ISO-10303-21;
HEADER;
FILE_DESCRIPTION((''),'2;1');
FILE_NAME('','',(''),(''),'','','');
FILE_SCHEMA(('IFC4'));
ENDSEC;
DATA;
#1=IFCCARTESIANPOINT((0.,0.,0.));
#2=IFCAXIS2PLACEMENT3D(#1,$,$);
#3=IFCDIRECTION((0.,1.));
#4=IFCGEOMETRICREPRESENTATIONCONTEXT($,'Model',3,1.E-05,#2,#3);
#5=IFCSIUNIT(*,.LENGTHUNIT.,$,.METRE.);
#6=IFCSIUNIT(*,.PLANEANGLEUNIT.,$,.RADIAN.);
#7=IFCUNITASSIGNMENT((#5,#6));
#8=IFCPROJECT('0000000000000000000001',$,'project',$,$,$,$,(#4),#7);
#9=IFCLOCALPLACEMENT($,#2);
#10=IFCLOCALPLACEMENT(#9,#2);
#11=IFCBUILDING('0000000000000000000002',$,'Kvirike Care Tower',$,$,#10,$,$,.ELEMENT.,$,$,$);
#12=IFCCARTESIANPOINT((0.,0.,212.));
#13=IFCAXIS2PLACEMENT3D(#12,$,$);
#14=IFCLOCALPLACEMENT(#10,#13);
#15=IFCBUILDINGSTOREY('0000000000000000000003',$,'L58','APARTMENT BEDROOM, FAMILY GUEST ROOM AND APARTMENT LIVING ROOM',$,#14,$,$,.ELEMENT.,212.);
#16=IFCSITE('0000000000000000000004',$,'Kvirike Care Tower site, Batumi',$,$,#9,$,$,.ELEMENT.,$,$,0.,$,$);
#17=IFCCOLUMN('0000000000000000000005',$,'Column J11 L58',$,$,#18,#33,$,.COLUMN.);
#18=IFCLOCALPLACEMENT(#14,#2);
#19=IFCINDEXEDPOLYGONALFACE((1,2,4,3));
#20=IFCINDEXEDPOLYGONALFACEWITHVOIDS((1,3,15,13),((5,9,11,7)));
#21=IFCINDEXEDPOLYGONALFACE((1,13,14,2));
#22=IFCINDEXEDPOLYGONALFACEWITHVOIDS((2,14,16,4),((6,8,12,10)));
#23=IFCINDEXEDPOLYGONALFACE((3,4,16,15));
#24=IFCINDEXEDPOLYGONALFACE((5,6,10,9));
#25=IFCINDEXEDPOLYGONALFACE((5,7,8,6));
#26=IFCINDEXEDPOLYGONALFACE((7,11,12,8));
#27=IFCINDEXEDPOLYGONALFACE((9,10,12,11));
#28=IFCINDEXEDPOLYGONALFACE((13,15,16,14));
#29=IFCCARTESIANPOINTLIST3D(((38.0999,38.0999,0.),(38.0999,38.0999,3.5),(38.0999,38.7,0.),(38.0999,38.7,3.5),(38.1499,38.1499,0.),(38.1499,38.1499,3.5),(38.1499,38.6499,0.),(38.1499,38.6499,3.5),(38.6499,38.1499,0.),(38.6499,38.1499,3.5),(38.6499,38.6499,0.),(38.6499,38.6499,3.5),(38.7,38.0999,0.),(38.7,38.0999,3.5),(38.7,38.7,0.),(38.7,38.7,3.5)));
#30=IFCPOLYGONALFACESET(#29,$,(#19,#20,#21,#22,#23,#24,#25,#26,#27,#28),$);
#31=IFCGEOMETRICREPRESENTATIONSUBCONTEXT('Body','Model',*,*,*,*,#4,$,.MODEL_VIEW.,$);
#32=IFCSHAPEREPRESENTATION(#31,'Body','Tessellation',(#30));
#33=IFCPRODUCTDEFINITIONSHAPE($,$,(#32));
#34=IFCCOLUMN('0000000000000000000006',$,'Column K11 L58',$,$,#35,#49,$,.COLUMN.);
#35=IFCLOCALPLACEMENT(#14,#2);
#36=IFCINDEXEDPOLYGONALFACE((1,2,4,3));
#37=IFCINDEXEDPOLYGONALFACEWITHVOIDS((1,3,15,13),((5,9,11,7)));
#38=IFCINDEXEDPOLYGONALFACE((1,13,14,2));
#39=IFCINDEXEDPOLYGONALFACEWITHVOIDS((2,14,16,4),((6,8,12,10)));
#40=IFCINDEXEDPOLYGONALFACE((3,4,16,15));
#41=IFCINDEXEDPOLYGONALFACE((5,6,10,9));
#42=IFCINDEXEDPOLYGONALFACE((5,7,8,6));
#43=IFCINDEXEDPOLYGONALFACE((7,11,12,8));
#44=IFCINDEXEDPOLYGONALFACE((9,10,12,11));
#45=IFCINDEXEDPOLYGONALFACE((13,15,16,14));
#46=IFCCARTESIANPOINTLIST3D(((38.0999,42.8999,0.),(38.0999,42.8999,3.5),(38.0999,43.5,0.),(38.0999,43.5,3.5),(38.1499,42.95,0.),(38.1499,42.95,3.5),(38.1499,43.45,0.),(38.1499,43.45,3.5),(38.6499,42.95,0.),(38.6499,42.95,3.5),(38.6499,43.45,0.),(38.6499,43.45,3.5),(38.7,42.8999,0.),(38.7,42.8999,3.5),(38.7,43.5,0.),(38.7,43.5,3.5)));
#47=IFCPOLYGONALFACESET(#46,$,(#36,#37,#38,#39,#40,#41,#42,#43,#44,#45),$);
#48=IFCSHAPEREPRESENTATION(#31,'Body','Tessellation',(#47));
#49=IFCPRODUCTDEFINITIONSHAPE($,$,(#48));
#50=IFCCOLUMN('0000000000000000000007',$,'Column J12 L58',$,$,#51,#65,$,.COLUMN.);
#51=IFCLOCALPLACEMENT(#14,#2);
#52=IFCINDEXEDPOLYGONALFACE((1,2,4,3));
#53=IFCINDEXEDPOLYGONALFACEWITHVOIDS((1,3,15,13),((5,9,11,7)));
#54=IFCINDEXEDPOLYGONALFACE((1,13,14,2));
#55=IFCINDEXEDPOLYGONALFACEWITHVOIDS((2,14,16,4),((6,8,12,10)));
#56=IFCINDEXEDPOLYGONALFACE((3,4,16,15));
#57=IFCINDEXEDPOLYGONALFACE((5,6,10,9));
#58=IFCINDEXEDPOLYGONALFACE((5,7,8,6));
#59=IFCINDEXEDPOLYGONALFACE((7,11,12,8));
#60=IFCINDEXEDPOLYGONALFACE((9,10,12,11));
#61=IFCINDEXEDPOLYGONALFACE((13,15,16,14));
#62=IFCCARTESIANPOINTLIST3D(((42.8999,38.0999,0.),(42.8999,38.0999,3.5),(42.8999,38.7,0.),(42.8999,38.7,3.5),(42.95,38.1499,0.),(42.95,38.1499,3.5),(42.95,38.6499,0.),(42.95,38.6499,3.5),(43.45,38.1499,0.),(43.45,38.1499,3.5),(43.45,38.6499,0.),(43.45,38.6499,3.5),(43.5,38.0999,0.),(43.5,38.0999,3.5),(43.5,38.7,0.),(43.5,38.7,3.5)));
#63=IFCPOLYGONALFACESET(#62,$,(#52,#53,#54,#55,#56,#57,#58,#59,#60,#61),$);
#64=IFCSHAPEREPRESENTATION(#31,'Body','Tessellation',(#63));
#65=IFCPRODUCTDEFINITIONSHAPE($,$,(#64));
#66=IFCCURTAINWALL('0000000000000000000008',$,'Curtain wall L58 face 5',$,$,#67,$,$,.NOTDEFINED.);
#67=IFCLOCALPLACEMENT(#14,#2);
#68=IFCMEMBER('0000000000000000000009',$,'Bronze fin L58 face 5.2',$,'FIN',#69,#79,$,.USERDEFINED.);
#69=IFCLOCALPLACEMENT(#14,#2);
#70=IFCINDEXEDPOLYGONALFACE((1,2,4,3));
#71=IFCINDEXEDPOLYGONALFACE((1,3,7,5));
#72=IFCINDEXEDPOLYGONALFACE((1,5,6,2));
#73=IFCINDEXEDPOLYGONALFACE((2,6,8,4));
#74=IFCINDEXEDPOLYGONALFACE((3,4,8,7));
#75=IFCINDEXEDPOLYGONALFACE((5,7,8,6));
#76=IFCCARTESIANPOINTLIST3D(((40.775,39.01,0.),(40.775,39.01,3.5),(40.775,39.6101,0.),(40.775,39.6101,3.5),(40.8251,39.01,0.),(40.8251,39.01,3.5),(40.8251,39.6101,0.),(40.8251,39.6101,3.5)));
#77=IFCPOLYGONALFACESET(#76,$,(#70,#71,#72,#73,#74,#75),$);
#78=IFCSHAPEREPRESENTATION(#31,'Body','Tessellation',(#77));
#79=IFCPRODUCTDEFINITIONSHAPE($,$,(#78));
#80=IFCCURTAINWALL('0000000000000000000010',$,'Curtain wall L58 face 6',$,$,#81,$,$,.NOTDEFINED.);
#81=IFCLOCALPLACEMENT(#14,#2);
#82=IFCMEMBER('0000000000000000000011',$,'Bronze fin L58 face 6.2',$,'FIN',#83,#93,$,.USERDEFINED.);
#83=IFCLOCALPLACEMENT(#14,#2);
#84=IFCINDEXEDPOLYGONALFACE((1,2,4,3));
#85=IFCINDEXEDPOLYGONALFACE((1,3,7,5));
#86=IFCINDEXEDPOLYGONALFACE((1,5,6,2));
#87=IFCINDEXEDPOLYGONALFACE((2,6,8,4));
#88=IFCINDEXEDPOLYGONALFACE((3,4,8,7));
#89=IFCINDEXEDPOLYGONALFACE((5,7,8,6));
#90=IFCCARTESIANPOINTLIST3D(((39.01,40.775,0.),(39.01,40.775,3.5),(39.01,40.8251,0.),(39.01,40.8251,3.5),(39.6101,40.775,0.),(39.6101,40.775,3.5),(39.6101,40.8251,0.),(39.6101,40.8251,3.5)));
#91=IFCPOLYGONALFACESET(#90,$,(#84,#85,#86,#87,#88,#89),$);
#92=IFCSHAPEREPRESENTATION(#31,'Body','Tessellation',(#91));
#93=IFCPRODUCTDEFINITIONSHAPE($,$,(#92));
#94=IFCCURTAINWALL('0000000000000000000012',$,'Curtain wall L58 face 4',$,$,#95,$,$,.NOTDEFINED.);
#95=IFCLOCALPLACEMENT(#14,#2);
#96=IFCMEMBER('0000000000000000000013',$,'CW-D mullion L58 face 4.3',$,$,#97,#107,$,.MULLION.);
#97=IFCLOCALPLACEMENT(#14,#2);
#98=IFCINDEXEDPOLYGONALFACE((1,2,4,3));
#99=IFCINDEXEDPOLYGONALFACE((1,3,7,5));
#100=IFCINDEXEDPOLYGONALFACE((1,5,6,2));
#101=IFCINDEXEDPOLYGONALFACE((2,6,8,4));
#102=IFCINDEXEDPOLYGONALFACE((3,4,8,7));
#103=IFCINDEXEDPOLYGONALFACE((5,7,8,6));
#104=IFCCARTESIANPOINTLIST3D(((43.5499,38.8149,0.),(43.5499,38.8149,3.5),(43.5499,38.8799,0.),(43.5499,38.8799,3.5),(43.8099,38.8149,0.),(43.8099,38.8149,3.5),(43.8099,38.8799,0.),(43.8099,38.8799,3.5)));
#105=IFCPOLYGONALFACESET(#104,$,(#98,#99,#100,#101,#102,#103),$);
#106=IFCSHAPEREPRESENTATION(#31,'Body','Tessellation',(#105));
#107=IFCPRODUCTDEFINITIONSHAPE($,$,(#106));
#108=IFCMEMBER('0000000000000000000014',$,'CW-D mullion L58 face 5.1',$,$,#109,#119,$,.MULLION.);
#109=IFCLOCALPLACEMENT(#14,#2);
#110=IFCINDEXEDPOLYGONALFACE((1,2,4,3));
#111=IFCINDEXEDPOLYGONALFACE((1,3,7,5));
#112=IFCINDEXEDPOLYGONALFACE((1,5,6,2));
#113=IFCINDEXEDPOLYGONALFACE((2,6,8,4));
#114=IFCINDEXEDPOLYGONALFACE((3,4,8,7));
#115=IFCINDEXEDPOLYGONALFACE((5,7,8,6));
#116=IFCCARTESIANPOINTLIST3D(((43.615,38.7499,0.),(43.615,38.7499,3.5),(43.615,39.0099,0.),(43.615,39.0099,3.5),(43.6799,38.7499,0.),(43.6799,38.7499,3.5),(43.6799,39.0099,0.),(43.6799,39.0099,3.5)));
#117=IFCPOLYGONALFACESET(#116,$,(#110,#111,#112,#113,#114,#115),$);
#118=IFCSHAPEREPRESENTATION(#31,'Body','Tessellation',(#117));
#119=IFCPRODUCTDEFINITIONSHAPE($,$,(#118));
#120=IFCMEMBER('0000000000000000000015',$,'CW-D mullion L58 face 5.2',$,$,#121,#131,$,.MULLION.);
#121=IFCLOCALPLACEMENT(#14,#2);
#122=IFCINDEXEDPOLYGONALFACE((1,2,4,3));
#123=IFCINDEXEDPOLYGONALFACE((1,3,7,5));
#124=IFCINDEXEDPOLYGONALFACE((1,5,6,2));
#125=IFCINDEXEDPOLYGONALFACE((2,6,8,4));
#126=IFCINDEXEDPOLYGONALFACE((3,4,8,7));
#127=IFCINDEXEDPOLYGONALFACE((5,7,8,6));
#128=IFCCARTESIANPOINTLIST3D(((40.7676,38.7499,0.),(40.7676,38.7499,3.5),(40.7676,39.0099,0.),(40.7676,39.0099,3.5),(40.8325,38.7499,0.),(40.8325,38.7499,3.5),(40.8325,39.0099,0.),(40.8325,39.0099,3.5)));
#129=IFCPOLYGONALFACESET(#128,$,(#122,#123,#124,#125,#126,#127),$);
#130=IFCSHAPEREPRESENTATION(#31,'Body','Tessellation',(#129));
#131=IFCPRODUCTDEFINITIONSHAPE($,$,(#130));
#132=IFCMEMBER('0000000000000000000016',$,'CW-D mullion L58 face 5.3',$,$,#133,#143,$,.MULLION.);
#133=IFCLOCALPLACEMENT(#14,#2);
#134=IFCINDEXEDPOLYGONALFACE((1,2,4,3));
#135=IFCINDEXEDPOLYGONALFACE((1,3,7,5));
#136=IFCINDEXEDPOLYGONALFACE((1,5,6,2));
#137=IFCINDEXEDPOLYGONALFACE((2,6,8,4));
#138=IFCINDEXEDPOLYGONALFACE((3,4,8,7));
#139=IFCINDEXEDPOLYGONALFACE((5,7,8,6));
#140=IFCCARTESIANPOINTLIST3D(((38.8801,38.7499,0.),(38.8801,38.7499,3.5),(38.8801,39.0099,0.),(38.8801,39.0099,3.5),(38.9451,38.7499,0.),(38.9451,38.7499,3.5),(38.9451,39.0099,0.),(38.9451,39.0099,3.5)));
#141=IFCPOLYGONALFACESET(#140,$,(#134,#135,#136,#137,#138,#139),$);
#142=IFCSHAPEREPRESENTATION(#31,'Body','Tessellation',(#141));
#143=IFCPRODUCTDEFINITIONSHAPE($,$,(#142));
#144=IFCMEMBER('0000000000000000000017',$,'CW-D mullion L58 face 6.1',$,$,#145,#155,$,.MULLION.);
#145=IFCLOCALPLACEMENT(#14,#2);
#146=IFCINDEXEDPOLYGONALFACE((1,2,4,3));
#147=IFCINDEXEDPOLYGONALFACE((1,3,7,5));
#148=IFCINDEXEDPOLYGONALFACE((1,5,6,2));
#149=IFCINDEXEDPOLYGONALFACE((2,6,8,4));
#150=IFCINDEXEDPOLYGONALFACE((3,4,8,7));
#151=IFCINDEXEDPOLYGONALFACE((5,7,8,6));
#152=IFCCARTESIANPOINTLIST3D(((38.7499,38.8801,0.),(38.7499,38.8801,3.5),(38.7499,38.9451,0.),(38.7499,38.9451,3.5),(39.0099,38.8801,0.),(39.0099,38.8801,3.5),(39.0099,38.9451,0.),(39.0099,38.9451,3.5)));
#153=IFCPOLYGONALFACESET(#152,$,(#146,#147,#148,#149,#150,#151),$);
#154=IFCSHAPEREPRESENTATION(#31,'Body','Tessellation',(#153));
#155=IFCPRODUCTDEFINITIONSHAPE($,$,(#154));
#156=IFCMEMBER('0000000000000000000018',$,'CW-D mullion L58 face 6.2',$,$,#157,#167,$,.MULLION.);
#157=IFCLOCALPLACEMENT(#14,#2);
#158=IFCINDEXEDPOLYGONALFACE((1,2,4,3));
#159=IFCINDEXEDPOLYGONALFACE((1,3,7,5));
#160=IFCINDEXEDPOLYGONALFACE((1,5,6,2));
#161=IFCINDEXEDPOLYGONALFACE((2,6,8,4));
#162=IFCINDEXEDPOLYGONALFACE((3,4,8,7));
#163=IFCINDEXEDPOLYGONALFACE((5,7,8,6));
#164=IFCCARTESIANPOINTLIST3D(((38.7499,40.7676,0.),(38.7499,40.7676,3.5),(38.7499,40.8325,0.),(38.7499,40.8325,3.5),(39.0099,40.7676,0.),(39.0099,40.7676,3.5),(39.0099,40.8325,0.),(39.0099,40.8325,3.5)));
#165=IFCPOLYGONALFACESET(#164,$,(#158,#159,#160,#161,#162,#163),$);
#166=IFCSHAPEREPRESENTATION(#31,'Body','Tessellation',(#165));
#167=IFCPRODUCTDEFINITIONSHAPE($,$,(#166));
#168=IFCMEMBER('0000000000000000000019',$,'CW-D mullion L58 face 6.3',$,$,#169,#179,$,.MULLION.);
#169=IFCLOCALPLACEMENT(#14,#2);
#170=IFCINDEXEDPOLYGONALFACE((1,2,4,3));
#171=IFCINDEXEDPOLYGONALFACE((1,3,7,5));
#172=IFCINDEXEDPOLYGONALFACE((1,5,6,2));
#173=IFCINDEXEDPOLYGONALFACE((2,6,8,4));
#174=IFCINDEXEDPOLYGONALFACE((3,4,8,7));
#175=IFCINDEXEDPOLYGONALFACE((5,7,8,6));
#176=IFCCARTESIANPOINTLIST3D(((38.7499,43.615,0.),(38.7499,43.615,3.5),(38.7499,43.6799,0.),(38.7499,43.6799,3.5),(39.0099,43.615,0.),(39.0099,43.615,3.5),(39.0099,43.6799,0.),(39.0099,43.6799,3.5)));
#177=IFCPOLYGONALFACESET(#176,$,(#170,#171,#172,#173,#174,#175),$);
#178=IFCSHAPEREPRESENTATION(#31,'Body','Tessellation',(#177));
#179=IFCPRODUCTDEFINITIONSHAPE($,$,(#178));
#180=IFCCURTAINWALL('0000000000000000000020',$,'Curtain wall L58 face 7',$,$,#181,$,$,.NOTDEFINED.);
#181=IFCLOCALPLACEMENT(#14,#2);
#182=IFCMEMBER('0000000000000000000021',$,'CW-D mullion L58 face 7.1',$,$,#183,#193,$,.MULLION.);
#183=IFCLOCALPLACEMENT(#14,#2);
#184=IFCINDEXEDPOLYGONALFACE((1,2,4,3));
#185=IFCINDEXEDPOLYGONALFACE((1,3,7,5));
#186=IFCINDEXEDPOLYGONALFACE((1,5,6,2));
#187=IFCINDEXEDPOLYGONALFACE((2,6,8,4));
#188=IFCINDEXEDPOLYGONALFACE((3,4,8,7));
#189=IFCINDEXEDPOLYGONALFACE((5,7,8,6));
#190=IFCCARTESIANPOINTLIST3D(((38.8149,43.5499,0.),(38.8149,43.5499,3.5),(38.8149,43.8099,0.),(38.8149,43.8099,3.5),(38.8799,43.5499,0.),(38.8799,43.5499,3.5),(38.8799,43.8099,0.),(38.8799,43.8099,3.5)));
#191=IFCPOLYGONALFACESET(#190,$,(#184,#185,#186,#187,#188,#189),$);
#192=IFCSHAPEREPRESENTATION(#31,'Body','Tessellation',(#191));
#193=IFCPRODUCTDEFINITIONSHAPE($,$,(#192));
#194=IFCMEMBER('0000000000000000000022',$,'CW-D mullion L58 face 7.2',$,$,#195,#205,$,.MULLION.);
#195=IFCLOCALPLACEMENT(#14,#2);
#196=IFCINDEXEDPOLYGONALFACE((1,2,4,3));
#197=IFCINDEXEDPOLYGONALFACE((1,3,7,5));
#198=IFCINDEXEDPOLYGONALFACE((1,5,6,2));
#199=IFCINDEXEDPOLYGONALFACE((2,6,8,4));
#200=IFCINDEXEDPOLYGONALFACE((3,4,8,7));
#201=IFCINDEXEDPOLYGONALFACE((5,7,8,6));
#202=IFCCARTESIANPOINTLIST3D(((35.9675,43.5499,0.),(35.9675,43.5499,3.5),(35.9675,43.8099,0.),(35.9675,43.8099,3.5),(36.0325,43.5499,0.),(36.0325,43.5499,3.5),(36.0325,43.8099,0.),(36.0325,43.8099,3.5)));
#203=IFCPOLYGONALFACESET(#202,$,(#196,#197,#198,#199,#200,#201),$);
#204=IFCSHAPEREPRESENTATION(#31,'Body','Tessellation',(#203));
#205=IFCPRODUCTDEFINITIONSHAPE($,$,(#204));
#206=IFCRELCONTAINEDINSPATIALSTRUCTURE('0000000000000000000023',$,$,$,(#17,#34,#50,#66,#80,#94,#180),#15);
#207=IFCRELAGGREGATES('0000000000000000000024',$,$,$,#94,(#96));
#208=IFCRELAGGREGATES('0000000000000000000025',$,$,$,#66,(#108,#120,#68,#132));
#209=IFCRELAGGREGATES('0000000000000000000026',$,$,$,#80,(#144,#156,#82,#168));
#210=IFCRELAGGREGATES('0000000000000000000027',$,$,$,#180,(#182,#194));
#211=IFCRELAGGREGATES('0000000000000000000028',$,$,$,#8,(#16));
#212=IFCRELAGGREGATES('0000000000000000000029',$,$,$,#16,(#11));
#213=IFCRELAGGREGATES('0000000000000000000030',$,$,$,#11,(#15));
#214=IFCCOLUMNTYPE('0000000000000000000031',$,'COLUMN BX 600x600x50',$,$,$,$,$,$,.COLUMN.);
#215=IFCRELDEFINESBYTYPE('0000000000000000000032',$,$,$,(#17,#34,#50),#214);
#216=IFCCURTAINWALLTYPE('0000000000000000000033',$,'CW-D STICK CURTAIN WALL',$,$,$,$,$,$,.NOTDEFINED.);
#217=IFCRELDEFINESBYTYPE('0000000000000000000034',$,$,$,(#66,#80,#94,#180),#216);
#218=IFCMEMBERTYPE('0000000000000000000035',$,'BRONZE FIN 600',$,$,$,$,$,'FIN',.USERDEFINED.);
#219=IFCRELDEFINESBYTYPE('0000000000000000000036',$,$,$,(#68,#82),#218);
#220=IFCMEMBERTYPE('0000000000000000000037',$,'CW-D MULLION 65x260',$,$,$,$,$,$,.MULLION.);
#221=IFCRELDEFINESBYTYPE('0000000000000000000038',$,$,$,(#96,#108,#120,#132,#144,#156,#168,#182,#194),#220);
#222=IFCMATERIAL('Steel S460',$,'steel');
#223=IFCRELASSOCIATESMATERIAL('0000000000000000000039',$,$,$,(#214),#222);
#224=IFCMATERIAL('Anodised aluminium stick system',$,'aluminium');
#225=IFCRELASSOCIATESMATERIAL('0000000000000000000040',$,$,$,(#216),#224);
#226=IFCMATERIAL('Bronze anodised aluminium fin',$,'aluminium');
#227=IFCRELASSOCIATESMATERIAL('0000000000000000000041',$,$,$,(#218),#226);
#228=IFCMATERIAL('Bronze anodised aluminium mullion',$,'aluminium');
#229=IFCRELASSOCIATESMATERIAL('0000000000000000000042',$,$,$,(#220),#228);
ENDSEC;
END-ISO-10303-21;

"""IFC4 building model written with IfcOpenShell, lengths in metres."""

from ifc_helpers import new_model, si_unit, direction, frame, origin, origin_2d, place, context, subcontext, project, spatial, rectangle, hollow_rectangle, extrude, material, material_profile, profile_set, type_object, element, aggregate, save


model = new_model("IFC4")

# Units and contexts
model_context = context("Model", 3, precision=1e-05, world=origin(), true_north=direction((0.0, 1.0)))
body_context = subcontext(model_context, "Body", "Model", "MODEL_VIEW")
ifc_project = project(units=[si_unit("LENGTHUNIT", "METRE"), si_unit("PLANEANGLEUNIT", "RADIAN")], contexts=[model_context])

# Site, building, storey
site_placement = place(None, origin())
site = spatial("IfcSite", under=ifc_project, at=site_placement, Name="Kvirike Care Tower site, Batumi", CompositionType="ELEMENT", RefElevation=0.0)
building_placement = place(site_placement, origin())
building = spatial("IfcBuilding", under=site, at=building_placement, Name="Kvirike Care Tower", CompositionType="ELEMENT")
storey_placement = place(building_placement, frame((0.0, 0.0, 212.0)))
storey = spatial("IfcBuildingStorey", under=building, at=storey_placement, Name="L58", Description="APARTMENT BEDROOM, FAMILY GUEST ROOM AND APARTMENT LIVING ROOM", CompositionType="ELEMENT", Elevation=212.0)

# Columns
ifc_material_1 = material(Name="Steel S460", Category="steel")
ifc_material_profile_1 = material_profile(ifc_material_1, hollow_rectangle(XDim=0.6001, YDim=0.6001, WallThickness=0.05, at=origin_2d()), Name="BX 600x600x50")
ifc_profile_set_1 = profile_set([ifc_material_profile_1], Name="Steel S460")
column_type = type_object("IfcColumnType", Name="COLUMN BX 600x600x50", PredefinedType="COLUMN", material=ifc_profile_set_1)
for number, where, z_axis, x_axis, name in (
    (1, (38.3999, 38.3999, 0.0), (0.0, 0.0, 1.0), (0.0, 1.0, 0.0), "Column J11 L58"),
    (2, (38.3999, 43.2, 0.0), (0.0, 0.0, 1.0), (0.0, 1.0, 0.0), "Column K11 L58"),
    (3, (43.2, 38.3999, 0.0), (0.0, 0.0, 1.0), (0.0, 1.0, 0.0), "Column J12 L58"),
):
    element("IfcColumn", number, at=place(storey_placement, frame(where, z_axis=z_axis, x_axis=x_axis)), inside=storey, type_object=column_type, Name=name, PredefinedType="COLUMN", context=body_context, shape_type="SweptSolid", body=[
        extrude(hollow_rectangle(XDim=0.6001, YDim=0.6001, WallThickness=0.05, at=origin_2d()), origin(), (0.0, 0.0, 1.0), 3.5),
    ])

# Curtain walls, members
ifc_material_2 = material(Name="Anodised aluminium stick system", Category="aluminium")
curtain_wall_type = type_object("IfcCurtainWallType", Name="CW-D STICK CURTAIN WALL", PredefinedType="NOTDEFINED", material=ifc_material_2)
curtain_wall_1_placement = place(storey_placement, origin())
curtain_wall_1 = element("IfcCurtainWall", 4, at=curtain_wall_1_placement, inside=storey, type_object=curtain_wall_type, Name="Curtain wall L58 face 5", PredefinedType="NOTDEFINED")
ifc_material_3 = material(Name="Bronze anodised aluminium fin", Category="aluminium")
ifc_material_profile_2 = material_profile(ifc_material_3, rectangle(XDim=0.05, YDim=0.6001, at=origin_2d()), Name="BRONZE FIN 600")
ifc_profile_set_2 = profile_set([ifc_material_profile_2], Name="Bronze anodised aluminium fin")
member_type_1 = type_object("IfcMemberType", Name="BRONZE FIN 600", ElementType="FIN", PredefinedType="USERDEFINED", material=ifc_profile_set_2)
member_1_placement = place(storey_placement, frame((40.8, 39.3101, 0.0), z_axis=(0.0, 0.0, 1.0), x_axis=(-1.0, 0.0, 0.0)))
member_1 = element("IfcMember", 5, at=member_1_placement, type_object=member_type_1, Name="Bronze fin L58 face 5.2", ObjectType="FIN", PredefinedType="USERDEFINED", context=body_context, shape_type="SweptSolid", body=[
    extrude(rectangle(XDim=0.05, YDim=0.6001, at=origin_2d()), origin(), (0.0, 0.0, 1.0), 3.5),
])
curtain_wall_2_placement = place(storey_placement, origin())
curtain_wall_2 = element("IfcCurtainWall", 6, at=curtain_wall_2_placement, inside=storey, type_object=curtain_wall_type, Name="Curtain wall L58 face 6", PredefinedType="NOTDEFINED")
member_2_placement = place(storey_placement, frame((39.3101, 40.8, 0.0), z_axis=(0.0, 0.0, 1.0), x_axis=(0.0, 1.0, 0.0)))
member_2 = element("IfcMember", 7, at=member_2_placement, type_object=member_type_1, Name="Bronze fin L58 face 6.2", ObjectType="FIN", PredefinedType="USERDEFINED", context=body_context, shape_type="SweptSolid", body=[
    extrude(rectangle(XDim=0.05, YDim=0.6001, at=origin_2d()), origin(), (0.0, 0.0, 1.0), 3.5),
])
curtain_wall_3_placement = place(storey_placement, origin())
curtain_wall_3 = element("IfcCurtainWall", 8, at=curtain_wall_3_placement, inside=storey, type_object=curtain_wall_type, Name="Curtain wall L58 face 4", PredefinedType="NOTDEFINED")
ifc_material_4 = material(Name="Bronze anodised aluminium mullion", Category="aluminium")
ifc_material_profile_3 = material_profile(ifc_material_4, rectangle(XDim=0.0649, YDim=0.26, at=origin_2d()), Name="CW-D MULLION 65x260")
ifc_profile_set_3 = profile_set([ifc_material_profile_3], Name="Bronze anodised aluminium mullion")
member_type_2 = type_object("IfcMemberType", Name="CW-D MULLION 65x260", PredefinedType="MULLION", material=ifc_profile_set_3)
member_3_placement = place(storey_placement, frame((43.6799, 38.8474, 0.0), z_axis=(0.0, 0.0, 1.0), x_axis=(0.0, 1.0, 0.0)))
member_3 = element("IfcMember", 9, at=member_3_placement, type_object=member_type_2, Name="CW-D mullion L58 face 4.3", PredefinedType="MULLION", context=body_context, shape_type="SweptSolid", body=[
    extrude(rectangle(XDim=0.0649, YDim=0.26, at=origin_2d()), origin(), (0.0, 0.0, 1.0), 3.5),
])
aggregate(curtain_wall_3, [member_3])

# Members
member_4_placement = place(storey_placement, frame((43.6475, 38.8799, 0.0), z_axis=(0.0, 0.0, 1.0), x_axis=(-1.0, 0.0, 0.0)))
member_4 = element("IfcMember", 10, at=member_4_placement, type_object=member_type_2, Name="CW-D mullion L58 face 5.1", PredefinedType="MULLION", context=body_context, shape_type="SweptSolid", body=[
    extrude(rectangle(XDim=0.0649, YDim=0.26, at=origin_2d()), origin(), (0.0, 0.0, 1.0), 3.5),
])
member_5_placement = place(storey_placement, frame((40.8, 38.8799, 0.0), z_axis=(0.0, 0.0, 1.0), x_axis=(-1.0, 0.0, 0.0)))
member_5 = element("IfcMember", 11, at=member_5_placement, type_object=member_type_2, Name="CW-D mullion L58 face 5.2", PredefinedType="MULLION", context=body_context, shape_type="SweptSolid", body=[
    extrude(rectangle(XDim=0.0649, YDim=0.26, at=origin_2d()), origin(), (0.0, 0.0, 1.0), 3.5),
])
member_6_placement = place(storey_placement, frame((38.9126, 38.8799, 0.0), z_axis=(0.0, 0.0, 1.0), x_axis=(-1.0, 0.0, 0.0)))
member_6 = element("IfcMember", 12, at=member_6_placement, type_object=member_type_2, Name="CW-D mullion L58 face 5.3", PredefinedType="MULLION", context=body_context, shape_type="SweptSolid", body=[
    extrude(rectangle(XDim=0.0649, YDim=0.26, at=origin_2d()), origin(), (0.0, 0.0, 1.0), 3.5),
])
member_7_placement = place(storey_placement, frame((38.8799, 38.9126, 0.0), z_axis=(0.0, 0.0, 1.0), x_axis=(0.0, 1.0, 0.0)))
member_7 = element("IfcMember", 13, at=member_7_placement, type_object=member_type_2, Name="CW-D mullion L58 face 6.1", PredefinedType="MULLION", context=body_context, shape_type="SweptSolid", body=[
    extrude(rectangle(XDim=0.0649, YDim=0.26, at=origin_2d()), origin(), (0.0, 0.0, 1.0), 3.5),
])
member_8_placement = place(storey_placement, frame((38.8799, 40.8, 0.0), z_axis=(0.0, 0.0, 1.0), x_axis=(0.0, 1.0, 0.0)))
member_8 = element("IfcMember", 14, at=member_8_placement, type_object=member_type_2, Name="CW-D mullion L58 face 6.2", PredefinedType="MULLION", context=body_context, shape_type="SweptSolid", body=[
    extrude(rectangle(XDim=0.0649, YDim=0.26, at=origin_2d()), origin(), (0.0, 0.0, 1.0), 3.5),
])
member_9_placement = place(storey_placement, frame((38.8799, 43.6475, 0.0), z_axis=(0.0, 0.0, 1.0), x_axis=(0.0, 1.0, 0.0)))
member_9 = element("IfcMember", 15, at=member_9_placement, type_object=member_type_2, Name="CW-D mullion L58 face 6.3", PredefinedType="MULLION", context=body_context, shape_type="SweptSolid", body=[
    extrude(rectangle(XDim=0.0649, YDim=0.26, at=origin_2d()), origin(), (0.0, 0.0, 1.0), 3.5),
])

# Curtain wall, members
curtain_wall_4_placement = place(storey_placement, origin())
curtain_wall_4 = element("IfcCurtainWall", 16, at=curtain_wall_4_placement, inside=storey, type_object=curtain_wall_type, Name="Curtain wall L58 face 7", PredefinedType="NOTDEFINED")
member_10_placement = place(storey_placement, frame((38.8474, 43.6799, 0.0), z_axis=(0.0, 0.0, 1.0), x_axis=(-1.0, 0.0, 0.0)))
member_10 = element("IfcMember", 17, at=member_10_placement, type_object=member_type_2, Name="CW-D mullion L58 face 7.1", PredefinedType="MULLION", context=body_context, shape_type="SweptSolid", body=[
    extrude(rectangle(XDim=0.0649, YDim=0.26, at=origin_2d()), origin(), (0.0, 0.0, 1.0), 3.5),
])
member_11_placement = place(storey_placement, frame((36.0, 43.6799, 0.0), z_axis=(0.0, 0.0, 1.0), x_axis=(-1.0, 0.0, 0.0)))
member_11 = element("IfcMember", 18, at=member_11_placement, type_object=member_type_2, Name="CW-D mullion L58 face 7.2", PredefinedType="MULLION", context=body_context, shape_type="SweptSolid", body=[
    extrude(rectangle(XDim=0.0649, YDim=0.26, at=origin_2d()), origin(), (0.0, 0.0, 1.0), 3.5),
])

aggregate(curtain_wall_1, [member_4, member_5, member_1, member_6])
aggregate(curtain_wall_2, [member_7, member_8, member_2, member_9])
aggregate(curtain_wall_4, [member_10, member_11])

save(model, "model.ifc")
